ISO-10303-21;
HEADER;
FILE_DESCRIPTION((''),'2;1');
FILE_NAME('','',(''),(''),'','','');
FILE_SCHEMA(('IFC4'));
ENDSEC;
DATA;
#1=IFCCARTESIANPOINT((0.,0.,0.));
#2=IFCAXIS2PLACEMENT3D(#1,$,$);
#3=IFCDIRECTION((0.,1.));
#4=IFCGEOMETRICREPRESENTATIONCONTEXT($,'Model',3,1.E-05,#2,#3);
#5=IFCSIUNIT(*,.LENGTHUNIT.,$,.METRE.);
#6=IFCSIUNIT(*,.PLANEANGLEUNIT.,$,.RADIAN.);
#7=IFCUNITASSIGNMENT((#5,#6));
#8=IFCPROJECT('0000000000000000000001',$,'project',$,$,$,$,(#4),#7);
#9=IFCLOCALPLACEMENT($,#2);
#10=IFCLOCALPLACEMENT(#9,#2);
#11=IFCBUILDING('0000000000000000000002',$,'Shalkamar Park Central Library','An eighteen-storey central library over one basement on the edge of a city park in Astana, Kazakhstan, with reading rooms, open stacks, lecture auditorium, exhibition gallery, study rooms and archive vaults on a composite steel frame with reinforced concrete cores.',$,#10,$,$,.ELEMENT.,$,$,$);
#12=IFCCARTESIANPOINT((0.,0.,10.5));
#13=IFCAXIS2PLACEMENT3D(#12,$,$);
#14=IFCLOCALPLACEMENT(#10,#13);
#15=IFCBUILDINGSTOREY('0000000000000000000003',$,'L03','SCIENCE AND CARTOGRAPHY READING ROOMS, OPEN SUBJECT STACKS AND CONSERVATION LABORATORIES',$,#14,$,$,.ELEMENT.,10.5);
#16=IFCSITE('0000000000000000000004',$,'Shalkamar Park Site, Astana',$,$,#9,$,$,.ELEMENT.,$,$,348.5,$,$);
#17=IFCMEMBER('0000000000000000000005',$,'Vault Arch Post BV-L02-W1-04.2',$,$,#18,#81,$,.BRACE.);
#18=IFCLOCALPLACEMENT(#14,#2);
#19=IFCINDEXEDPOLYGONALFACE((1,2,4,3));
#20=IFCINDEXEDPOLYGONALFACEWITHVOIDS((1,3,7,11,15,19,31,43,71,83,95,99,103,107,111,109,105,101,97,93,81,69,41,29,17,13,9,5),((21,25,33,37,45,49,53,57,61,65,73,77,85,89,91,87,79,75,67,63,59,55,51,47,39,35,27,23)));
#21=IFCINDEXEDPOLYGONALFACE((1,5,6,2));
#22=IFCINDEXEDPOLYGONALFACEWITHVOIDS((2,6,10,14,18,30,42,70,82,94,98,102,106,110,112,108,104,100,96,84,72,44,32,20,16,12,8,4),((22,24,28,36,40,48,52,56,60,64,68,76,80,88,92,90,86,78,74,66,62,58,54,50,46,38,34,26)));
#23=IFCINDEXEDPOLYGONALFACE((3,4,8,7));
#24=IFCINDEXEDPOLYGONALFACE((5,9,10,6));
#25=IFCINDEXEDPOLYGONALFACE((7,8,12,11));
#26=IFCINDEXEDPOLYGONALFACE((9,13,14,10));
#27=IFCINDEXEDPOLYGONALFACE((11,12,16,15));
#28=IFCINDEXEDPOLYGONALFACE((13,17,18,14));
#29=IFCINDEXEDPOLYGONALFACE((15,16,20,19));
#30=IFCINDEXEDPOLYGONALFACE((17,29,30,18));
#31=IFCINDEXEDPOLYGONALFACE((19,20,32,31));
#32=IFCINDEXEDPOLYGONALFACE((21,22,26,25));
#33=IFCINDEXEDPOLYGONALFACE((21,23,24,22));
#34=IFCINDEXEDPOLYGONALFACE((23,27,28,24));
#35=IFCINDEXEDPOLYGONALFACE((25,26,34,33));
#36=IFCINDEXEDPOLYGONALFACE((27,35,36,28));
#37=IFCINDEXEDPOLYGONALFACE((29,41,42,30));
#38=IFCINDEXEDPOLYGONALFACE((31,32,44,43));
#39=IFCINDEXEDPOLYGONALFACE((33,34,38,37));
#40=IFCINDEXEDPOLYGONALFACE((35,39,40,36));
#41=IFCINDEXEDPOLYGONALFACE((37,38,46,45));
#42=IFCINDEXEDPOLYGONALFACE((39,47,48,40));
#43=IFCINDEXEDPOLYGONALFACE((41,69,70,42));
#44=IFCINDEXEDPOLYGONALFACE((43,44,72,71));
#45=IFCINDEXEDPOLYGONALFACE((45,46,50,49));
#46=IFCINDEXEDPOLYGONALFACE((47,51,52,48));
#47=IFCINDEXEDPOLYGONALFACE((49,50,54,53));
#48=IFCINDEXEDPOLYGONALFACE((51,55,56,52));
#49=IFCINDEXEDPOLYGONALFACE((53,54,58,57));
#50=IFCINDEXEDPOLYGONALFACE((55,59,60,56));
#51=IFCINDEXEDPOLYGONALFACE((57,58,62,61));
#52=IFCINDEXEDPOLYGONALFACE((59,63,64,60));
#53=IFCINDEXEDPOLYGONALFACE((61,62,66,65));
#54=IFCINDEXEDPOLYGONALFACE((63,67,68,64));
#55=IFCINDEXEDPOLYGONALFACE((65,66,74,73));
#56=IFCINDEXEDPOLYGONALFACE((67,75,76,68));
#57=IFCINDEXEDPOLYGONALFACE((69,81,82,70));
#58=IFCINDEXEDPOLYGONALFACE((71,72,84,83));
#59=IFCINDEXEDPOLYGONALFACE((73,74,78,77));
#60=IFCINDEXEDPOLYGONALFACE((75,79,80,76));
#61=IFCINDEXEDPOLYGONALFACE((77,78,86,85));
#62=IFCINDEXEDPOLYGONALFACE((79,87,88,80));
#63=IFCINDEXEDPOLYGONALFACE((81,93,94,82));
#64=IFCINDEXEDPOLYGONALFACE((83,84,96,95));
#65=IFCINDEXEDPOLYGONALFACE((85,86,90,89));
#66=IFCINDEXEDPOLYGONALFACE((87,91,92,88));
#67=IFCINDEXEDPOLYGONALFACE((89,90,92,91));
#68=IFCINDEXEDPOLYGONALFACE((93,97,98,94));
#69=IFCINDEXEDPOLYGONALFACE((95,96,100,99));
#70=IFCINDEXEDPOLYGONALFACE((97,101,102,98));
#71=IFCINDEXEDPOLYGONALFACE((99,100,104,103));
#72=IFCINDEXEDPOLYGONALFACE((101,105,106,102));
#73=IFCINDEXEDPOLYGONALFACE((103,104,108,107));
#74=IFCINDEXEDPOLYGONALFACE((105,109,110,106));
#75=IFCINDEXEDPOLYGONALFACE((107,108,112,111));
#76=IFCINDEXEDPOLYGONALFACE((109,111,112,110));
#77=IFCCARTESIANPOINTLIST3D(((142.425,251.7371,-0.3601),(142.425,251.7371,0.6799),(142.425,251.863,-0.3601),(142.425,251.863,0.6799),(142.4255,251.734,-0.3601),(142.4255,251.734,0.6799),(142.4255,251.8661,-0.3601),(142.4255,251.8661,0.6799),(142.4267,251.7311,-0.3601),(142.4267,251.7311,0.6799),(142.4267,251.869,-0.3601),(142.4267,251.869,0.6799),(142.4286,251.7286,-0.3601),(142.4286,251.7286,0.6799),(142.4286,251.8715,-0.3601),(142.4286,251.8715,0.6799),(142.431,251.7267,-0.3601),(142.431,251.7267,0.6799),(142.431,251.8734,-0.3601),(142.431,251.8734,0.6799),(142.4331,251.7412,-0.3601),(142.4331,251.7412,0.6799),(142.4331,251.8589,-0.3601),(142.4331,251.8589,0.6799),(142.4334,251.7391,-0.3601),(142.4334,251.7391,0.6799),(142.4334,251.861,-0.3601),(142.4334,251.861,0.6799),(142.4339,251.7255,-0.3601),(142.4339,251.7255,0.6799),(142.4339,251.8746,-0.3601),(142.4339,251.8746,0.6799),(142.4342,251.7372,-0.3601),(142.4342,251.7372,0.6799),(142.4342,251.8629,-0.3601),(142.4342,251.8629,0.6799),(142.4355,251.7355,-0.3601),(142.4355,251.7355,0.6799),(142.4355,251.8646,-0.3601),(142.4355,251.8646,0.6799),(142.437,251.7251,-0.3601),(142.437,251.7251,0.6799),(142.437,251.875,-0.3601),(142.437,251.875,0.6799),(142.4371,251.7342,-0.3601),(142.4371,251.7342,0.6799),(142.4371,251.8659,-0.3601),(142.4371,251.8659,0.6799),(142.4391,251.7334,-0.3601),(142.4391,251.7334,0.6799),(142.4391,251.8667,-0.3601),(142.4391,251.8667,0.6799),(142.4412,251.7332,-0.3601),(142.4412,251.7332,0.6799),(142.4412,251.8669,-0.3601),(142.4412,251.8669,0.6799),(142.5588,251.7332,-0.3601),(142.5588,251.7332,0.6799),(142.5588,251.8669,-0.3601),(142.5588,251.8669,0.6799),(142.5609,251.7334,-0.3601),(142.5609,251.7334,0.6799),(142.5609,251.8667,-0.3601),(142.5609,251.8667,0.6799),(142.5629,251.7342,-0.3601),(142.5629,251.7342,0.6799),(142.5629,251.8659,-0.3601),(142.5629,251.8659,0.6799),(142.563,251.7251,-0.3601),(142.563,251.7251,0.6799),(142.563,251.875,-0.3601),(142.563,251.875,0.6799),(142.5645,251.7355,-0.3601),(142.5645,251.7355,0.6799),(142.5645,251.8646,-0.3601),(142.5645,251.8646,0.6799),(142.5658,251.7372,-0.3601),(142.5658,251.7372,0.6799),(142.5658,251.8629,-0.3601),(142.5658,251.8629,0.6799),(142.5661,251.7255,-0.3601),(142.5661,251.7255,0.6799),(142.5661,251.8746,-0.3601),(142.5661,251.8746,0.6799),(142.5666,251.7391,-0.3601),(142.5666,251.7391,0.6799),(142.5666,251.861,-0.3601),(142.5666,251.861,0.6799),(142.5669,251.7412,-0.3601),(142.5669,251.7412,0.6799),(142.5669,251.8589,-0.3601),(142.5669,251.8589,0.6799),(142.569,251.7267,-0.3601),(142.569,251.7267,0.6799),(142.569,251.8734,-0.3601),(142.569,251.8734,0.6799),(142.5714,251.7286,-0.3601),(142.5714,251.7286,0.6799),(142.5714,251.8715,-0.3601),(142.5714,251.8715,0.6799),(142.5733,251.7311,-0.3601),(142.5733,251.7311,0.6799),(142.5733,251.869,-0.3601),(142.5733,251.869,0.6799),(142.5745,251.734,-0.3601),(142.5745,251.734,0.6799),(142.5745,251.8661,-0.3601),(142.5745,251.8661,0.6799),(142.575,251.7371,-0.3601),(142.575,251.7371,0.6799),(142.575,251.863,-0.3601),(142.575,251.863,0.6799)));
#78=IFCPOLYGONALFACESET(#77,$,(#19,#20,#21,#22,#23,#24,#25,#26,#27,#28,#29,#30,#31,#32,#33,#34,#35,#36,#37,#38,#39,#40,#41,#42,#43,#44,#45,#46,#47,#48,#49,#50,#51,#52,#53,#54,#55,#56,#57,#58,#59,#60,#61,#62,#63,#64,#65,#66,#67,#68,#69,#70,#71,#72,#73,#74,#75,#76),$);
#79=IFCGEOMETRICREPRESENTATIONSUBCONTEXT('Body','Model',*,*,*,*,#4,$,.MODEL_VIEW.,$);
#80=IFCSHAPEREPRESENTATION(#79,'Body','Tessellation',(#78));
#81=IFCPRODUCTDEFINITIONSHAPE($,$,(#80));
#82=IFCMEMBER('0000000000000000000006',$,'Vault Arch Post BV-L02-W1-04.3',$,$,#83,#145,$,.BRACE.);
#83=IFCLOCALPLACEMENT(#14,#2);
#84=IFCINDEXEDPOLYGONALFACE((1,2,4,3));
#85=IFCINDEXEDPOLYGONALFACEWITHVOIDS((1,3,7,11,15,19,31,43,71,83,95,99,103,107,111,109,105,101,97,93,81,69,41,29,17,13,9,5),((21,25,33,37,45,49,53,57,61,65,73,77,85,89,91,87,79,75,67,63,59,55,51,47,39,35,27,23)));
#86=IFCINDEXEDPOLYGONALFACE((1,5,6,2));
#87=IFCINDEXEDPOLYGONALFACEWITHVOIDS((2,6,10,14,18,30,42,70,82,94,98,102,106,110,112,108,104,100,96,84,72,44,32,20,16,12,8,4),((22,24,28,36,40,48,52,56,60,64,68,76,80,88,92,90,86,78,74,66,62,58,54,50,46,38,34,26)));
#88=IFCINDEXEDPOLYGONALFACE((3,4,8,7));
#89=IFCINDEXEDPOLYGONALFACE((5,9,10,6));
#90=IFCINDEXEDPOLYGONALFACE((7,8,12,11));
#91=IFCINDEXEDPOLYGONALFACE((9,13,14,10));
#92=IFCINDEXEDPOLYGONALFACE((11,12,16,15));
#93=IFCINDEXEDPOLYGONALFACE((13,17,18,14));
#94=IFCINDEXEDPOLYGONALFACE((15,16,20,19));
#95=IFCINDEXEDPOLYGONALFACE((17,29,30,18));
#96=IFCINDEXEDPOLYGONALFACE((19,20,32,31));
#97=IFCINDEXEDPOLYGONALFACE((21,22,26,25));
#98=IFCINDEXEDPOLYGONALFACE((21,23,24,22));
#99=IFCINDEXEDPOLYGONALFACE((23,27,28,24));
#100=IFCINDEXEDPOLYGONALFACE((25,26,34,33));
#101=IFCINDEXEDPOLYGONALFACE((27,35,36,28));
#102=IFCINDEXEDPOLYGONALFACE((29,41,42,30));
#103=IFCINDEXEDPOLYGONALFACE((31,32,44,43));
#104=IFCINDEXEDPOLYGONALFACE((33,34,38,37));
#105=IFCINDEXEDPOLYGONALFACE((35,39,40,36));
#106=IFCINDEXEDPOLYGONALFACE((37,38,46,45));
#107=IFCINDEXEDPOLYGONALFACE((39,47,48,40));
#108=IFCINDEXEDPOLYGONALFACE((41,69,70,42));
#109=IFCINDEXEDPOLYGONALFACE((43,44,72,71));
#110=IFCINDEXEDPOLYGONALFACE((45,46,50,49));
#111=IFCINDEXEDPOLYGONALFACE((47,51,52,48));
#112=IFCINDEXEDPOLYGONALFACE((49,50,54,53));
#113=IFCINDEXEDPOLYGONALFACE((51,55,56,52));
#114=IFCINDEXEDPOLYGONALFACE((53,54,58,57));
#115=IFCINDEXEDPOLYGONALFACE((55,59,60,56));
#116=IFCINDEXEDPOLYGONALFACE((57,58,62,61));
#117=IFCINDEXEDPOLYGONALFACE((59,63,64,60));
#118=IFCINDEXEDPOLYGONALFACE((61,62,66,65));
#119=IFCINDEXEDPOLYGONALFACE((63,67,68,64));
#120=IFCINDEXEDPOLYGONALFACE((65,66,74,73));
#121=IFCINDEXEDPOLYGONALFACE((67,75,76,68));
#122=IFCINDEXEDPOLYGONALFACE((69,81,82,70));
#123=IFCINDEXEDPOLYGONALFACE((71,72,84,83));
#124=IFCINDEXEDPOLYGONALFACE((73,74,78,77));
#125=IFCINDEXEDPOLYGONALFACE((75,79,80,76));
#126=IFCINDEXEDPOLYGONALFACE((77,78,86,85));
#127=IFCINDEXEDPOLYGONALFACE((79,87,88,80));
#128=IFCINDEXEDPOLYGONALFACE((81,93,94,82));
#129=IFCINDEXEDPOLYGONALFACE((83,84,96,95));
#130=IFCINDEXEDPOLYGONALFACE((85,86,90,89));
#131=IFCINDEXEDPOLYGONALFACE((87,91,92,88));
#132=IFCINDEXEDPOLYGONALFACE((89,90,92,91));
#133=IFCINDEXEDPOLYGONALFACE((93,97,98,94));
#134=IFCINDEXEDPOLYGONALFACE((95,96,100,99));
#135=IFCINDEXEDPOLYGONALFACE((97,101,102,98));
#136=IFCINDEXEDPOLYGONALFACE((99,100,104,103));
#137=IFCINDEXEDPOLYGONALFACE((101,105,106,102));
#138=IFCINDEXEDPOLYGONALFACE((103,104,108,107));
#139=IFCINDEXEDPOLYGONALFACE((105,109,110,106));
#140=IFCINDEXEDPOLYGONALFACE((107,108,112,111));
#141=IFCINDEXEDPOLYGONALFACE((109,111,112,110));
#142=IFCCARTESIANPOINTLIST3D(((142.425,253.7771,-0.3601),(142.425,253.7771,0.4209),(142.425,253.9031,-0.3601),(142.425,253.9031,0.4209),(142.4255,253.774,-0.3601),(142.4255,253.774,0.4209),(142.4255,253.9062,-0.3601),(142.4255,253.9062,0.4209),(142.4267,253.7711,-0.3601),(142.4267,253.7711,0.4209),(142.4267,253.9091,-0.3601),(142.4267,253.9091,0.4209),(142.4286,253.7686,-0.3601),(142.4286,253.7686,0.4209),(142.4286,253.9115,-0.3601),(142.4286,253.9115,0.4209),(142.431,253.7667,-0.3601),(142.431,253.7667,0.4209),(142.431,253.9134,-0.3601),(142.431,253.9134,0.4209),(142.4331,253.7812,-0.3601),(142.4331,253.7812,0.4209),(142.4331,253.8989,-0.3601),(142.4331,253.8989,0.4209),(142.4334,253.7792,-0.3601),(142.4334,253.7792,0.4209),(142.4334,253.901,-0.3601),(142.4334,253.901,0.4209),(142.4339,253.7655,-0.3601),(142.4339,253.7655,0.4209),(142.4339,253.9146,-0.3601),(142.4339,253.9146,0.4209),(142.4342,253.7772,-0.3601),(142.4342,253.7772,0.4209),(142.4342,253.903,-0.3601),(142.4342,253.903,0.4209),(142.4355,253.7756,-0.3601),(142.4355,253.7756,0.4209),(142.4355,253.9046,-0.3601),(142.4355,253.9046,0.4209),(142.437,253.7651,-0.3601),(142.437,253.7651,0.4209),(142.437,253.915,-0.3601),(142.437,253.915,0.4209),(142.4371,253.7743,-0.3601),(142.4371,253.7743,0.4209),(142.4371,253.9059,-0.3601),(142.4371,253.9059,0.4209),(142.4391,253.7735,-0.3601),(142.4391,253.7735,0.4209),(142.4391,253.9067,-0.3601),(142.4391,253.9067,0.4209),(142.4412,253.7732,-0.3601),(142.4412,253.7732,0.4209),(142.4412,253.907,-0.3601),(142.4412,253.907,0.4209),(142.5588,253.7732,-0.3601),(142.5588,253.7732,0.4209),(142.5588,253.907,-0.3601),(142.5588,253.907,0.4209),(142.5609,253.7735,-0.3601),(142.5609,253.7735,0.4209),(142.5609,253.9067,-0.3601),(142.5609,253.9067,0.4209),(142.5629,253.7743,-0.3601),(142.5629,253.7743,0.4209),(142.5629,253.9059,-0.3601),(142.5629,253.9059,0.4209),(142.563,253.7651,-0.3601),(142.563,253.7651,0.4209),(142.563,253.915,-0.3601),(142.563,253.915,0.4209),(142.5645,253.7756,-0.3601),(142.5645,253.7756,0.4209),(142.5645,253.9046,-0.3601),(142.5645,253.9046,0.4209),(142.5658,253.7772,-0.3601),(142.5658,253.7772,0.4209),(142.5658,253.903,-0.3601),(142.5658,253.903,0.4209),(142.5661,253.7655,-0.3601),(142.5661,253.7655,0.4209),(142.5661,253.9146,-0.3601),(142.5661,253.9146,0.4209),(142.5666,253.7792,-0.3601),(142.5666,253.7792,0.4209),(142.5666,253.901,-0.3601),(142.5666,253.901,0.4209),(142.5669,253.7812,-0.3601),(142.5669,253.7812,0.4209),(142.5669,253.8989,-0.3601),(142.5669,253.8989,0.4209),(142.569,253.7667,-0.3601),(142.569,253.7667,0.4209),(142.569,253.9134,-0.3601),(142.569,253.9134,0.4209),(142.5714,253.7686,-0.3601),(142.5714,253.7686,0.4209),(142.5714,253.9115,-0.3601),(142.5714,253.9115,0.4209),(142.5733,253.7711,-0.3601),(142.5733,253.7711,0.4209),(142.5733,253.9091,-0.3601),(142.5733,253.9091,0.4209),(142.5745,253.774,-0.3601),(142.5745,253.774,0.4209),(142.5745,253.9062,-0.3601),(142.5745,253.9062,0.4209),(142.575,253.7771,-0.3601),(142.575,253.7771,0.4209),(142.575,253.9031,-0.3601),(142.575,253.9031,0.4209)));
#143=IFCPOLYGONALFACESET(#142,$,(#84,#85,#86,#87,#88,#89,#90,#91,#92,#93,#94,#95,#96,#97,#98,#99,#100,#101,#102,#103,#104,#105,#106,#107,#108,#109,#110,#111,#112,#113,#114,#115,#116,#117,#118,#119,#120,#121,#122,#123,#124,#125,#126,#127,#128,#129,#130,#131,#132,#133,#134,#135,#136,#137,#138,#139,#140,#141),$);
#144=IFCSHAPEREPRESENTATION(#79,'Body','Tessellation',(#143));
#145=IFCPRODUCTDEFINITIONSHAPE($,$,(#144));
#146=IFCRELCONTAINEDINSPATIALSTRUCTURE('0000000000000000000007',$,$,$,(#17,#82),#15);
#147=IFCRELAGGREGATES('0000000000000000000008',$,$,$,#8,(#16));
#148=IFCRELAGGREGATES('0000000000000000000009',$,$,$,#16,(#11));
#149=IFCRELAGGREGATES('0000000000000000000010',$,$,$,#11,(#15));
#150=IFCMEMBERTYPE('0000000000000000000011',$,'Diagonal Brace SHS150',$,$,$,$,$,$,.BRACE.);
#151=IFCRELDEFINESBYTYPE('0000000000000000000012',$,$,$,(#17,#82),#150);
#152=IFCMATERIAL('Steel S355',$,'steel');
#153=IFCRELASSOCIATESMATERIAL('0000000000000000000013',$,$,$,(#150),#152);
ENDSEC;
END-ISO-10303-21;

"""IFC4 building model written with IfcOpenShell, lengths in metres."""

from ifc_helpers import new_model, si_unit, direction, frame, origin, origin_2d, place, context, subcontext, project, spatial, hollow_rectangle, extrude, material, material_profile, profile_set, type_object, element, save


model = new_model("IFC4")

# Units and contexts
model_context = context("Model", 3, precision=1e-05, world=origin(), true_north=direction((0.0, 1.0)))
body_context = subcontext(model_context, "Body", "Model", "MODEL_VIEW")
ifc_project = project(units=[si_unit("LENGTHUNIT", "METRE"), si_unit("PLANEANGLEUNIT", "RADIAN")], contexts=[model_context])

# Site, building, storey
site_placement = place(None, origin())
site = spatial("IfcSite", under=ifc_project, at=site_placement, Name="Shalkamar Park Site, Astana", CompositionType="ELEMENT", RefElevation=348.5)
building_placement = place(site_placement, origin())
building = spatial("IfcBuilding", under=site, at=building_placement, Name="Shalkamar Park Central Library", Description="An eighteen-storey central library over one basement on the edge of a city park in Astana, Kazakhstan, with reading rooms, open stacks, lecture auditorium, exhibition gallery, study rooms and archive vaults on a composite steel frame with reinforced concrete cores.", CompositionType="ELEMENT")
storey_placement = place(building_placement, frame((0.0, 0.0, 10.5)))
storey = spatial("IfcBuildingStorey", under=building, at=storey_placement, Name="L03", Description="SCIENCE AND CARTOGRAPHY READING ROOMS, OPEN SUBJECT STACKS AND CONSERVATION LABORATORIES", CompositionType="ELEMENT", Elevation=10.5)

# Members
ifc_material_1 = material(Name="Steel S355", Category="steel")
ifc_material_profile_1 = material_profile(ifc_material_1, hollow_rectangle(XDim=0.1499, YDim=0.1499, WallThickness=0.0081, InnerFilletRadius=0.0081, OuterFilletRadius=0.012, at=origin_2d()), Name="SHS 150x150x8")
ifc_profile_set_1 = profile_set([ifc_material_profile_1], Name="Steel S355")
member_type_1 = type_object("IfcMemberType", Name="Diagonal Brace SHS150", PredefinedType="BRACE", material=ifc_profile_set_1)
member_1_placement = place(storey_placement, frame((142.5, 251.8, -0.3601), z_axis=(0.0, 0.0, 1.0), x_axis=(1.0, 0.0, 0.0)))
element("IfcMember", 1, at=member_1_placement, inside=storey, type_object=member_type_1, Name="Vault Arch Post BV-L02-W1-04.2", PredefinedType="BRACE", context=body_context, shape_type="SweptSolid", body=[
    extrude(hollow_rectangle(XDim=0.1499, YDim=0.1499, WallThickness=0.0081, InnerFilletRadius=0.0081, OuterFilletRadius=0.012, at=origin_2d()), origin(), (0.0, 0.0, 1.0), 1.04),
])
for number, where, z_axis, x_axis, name in (
    (2, (142.5, 253.8401, -0.3601), (0.0, 0.0, 1.0), (1.0, 0.0, 0.0), "Vault Arch Post BV-L02-W1-04.3"),
):
    element("IfcMember", number, at=place(storey_placement, frame(where, z_axis=z_axis, x_axis=x_axis)), inside=storey, type_object=member_type_1, Name=name, PredefinedType="BRACE", context=body_context, shape_type="SweptSolid", body=[
        extrude(hollow_rectangle(XDim=0.1499, YDim=0.1499, WallThickness=0.0081, InnerFilletRadius=0.0081, OuterFilletRadius=0.012, at=origin_2d()), origin(), (0.0, 0.0, 1.0), 0.781),
    ])

save(model, "model.ifc")
